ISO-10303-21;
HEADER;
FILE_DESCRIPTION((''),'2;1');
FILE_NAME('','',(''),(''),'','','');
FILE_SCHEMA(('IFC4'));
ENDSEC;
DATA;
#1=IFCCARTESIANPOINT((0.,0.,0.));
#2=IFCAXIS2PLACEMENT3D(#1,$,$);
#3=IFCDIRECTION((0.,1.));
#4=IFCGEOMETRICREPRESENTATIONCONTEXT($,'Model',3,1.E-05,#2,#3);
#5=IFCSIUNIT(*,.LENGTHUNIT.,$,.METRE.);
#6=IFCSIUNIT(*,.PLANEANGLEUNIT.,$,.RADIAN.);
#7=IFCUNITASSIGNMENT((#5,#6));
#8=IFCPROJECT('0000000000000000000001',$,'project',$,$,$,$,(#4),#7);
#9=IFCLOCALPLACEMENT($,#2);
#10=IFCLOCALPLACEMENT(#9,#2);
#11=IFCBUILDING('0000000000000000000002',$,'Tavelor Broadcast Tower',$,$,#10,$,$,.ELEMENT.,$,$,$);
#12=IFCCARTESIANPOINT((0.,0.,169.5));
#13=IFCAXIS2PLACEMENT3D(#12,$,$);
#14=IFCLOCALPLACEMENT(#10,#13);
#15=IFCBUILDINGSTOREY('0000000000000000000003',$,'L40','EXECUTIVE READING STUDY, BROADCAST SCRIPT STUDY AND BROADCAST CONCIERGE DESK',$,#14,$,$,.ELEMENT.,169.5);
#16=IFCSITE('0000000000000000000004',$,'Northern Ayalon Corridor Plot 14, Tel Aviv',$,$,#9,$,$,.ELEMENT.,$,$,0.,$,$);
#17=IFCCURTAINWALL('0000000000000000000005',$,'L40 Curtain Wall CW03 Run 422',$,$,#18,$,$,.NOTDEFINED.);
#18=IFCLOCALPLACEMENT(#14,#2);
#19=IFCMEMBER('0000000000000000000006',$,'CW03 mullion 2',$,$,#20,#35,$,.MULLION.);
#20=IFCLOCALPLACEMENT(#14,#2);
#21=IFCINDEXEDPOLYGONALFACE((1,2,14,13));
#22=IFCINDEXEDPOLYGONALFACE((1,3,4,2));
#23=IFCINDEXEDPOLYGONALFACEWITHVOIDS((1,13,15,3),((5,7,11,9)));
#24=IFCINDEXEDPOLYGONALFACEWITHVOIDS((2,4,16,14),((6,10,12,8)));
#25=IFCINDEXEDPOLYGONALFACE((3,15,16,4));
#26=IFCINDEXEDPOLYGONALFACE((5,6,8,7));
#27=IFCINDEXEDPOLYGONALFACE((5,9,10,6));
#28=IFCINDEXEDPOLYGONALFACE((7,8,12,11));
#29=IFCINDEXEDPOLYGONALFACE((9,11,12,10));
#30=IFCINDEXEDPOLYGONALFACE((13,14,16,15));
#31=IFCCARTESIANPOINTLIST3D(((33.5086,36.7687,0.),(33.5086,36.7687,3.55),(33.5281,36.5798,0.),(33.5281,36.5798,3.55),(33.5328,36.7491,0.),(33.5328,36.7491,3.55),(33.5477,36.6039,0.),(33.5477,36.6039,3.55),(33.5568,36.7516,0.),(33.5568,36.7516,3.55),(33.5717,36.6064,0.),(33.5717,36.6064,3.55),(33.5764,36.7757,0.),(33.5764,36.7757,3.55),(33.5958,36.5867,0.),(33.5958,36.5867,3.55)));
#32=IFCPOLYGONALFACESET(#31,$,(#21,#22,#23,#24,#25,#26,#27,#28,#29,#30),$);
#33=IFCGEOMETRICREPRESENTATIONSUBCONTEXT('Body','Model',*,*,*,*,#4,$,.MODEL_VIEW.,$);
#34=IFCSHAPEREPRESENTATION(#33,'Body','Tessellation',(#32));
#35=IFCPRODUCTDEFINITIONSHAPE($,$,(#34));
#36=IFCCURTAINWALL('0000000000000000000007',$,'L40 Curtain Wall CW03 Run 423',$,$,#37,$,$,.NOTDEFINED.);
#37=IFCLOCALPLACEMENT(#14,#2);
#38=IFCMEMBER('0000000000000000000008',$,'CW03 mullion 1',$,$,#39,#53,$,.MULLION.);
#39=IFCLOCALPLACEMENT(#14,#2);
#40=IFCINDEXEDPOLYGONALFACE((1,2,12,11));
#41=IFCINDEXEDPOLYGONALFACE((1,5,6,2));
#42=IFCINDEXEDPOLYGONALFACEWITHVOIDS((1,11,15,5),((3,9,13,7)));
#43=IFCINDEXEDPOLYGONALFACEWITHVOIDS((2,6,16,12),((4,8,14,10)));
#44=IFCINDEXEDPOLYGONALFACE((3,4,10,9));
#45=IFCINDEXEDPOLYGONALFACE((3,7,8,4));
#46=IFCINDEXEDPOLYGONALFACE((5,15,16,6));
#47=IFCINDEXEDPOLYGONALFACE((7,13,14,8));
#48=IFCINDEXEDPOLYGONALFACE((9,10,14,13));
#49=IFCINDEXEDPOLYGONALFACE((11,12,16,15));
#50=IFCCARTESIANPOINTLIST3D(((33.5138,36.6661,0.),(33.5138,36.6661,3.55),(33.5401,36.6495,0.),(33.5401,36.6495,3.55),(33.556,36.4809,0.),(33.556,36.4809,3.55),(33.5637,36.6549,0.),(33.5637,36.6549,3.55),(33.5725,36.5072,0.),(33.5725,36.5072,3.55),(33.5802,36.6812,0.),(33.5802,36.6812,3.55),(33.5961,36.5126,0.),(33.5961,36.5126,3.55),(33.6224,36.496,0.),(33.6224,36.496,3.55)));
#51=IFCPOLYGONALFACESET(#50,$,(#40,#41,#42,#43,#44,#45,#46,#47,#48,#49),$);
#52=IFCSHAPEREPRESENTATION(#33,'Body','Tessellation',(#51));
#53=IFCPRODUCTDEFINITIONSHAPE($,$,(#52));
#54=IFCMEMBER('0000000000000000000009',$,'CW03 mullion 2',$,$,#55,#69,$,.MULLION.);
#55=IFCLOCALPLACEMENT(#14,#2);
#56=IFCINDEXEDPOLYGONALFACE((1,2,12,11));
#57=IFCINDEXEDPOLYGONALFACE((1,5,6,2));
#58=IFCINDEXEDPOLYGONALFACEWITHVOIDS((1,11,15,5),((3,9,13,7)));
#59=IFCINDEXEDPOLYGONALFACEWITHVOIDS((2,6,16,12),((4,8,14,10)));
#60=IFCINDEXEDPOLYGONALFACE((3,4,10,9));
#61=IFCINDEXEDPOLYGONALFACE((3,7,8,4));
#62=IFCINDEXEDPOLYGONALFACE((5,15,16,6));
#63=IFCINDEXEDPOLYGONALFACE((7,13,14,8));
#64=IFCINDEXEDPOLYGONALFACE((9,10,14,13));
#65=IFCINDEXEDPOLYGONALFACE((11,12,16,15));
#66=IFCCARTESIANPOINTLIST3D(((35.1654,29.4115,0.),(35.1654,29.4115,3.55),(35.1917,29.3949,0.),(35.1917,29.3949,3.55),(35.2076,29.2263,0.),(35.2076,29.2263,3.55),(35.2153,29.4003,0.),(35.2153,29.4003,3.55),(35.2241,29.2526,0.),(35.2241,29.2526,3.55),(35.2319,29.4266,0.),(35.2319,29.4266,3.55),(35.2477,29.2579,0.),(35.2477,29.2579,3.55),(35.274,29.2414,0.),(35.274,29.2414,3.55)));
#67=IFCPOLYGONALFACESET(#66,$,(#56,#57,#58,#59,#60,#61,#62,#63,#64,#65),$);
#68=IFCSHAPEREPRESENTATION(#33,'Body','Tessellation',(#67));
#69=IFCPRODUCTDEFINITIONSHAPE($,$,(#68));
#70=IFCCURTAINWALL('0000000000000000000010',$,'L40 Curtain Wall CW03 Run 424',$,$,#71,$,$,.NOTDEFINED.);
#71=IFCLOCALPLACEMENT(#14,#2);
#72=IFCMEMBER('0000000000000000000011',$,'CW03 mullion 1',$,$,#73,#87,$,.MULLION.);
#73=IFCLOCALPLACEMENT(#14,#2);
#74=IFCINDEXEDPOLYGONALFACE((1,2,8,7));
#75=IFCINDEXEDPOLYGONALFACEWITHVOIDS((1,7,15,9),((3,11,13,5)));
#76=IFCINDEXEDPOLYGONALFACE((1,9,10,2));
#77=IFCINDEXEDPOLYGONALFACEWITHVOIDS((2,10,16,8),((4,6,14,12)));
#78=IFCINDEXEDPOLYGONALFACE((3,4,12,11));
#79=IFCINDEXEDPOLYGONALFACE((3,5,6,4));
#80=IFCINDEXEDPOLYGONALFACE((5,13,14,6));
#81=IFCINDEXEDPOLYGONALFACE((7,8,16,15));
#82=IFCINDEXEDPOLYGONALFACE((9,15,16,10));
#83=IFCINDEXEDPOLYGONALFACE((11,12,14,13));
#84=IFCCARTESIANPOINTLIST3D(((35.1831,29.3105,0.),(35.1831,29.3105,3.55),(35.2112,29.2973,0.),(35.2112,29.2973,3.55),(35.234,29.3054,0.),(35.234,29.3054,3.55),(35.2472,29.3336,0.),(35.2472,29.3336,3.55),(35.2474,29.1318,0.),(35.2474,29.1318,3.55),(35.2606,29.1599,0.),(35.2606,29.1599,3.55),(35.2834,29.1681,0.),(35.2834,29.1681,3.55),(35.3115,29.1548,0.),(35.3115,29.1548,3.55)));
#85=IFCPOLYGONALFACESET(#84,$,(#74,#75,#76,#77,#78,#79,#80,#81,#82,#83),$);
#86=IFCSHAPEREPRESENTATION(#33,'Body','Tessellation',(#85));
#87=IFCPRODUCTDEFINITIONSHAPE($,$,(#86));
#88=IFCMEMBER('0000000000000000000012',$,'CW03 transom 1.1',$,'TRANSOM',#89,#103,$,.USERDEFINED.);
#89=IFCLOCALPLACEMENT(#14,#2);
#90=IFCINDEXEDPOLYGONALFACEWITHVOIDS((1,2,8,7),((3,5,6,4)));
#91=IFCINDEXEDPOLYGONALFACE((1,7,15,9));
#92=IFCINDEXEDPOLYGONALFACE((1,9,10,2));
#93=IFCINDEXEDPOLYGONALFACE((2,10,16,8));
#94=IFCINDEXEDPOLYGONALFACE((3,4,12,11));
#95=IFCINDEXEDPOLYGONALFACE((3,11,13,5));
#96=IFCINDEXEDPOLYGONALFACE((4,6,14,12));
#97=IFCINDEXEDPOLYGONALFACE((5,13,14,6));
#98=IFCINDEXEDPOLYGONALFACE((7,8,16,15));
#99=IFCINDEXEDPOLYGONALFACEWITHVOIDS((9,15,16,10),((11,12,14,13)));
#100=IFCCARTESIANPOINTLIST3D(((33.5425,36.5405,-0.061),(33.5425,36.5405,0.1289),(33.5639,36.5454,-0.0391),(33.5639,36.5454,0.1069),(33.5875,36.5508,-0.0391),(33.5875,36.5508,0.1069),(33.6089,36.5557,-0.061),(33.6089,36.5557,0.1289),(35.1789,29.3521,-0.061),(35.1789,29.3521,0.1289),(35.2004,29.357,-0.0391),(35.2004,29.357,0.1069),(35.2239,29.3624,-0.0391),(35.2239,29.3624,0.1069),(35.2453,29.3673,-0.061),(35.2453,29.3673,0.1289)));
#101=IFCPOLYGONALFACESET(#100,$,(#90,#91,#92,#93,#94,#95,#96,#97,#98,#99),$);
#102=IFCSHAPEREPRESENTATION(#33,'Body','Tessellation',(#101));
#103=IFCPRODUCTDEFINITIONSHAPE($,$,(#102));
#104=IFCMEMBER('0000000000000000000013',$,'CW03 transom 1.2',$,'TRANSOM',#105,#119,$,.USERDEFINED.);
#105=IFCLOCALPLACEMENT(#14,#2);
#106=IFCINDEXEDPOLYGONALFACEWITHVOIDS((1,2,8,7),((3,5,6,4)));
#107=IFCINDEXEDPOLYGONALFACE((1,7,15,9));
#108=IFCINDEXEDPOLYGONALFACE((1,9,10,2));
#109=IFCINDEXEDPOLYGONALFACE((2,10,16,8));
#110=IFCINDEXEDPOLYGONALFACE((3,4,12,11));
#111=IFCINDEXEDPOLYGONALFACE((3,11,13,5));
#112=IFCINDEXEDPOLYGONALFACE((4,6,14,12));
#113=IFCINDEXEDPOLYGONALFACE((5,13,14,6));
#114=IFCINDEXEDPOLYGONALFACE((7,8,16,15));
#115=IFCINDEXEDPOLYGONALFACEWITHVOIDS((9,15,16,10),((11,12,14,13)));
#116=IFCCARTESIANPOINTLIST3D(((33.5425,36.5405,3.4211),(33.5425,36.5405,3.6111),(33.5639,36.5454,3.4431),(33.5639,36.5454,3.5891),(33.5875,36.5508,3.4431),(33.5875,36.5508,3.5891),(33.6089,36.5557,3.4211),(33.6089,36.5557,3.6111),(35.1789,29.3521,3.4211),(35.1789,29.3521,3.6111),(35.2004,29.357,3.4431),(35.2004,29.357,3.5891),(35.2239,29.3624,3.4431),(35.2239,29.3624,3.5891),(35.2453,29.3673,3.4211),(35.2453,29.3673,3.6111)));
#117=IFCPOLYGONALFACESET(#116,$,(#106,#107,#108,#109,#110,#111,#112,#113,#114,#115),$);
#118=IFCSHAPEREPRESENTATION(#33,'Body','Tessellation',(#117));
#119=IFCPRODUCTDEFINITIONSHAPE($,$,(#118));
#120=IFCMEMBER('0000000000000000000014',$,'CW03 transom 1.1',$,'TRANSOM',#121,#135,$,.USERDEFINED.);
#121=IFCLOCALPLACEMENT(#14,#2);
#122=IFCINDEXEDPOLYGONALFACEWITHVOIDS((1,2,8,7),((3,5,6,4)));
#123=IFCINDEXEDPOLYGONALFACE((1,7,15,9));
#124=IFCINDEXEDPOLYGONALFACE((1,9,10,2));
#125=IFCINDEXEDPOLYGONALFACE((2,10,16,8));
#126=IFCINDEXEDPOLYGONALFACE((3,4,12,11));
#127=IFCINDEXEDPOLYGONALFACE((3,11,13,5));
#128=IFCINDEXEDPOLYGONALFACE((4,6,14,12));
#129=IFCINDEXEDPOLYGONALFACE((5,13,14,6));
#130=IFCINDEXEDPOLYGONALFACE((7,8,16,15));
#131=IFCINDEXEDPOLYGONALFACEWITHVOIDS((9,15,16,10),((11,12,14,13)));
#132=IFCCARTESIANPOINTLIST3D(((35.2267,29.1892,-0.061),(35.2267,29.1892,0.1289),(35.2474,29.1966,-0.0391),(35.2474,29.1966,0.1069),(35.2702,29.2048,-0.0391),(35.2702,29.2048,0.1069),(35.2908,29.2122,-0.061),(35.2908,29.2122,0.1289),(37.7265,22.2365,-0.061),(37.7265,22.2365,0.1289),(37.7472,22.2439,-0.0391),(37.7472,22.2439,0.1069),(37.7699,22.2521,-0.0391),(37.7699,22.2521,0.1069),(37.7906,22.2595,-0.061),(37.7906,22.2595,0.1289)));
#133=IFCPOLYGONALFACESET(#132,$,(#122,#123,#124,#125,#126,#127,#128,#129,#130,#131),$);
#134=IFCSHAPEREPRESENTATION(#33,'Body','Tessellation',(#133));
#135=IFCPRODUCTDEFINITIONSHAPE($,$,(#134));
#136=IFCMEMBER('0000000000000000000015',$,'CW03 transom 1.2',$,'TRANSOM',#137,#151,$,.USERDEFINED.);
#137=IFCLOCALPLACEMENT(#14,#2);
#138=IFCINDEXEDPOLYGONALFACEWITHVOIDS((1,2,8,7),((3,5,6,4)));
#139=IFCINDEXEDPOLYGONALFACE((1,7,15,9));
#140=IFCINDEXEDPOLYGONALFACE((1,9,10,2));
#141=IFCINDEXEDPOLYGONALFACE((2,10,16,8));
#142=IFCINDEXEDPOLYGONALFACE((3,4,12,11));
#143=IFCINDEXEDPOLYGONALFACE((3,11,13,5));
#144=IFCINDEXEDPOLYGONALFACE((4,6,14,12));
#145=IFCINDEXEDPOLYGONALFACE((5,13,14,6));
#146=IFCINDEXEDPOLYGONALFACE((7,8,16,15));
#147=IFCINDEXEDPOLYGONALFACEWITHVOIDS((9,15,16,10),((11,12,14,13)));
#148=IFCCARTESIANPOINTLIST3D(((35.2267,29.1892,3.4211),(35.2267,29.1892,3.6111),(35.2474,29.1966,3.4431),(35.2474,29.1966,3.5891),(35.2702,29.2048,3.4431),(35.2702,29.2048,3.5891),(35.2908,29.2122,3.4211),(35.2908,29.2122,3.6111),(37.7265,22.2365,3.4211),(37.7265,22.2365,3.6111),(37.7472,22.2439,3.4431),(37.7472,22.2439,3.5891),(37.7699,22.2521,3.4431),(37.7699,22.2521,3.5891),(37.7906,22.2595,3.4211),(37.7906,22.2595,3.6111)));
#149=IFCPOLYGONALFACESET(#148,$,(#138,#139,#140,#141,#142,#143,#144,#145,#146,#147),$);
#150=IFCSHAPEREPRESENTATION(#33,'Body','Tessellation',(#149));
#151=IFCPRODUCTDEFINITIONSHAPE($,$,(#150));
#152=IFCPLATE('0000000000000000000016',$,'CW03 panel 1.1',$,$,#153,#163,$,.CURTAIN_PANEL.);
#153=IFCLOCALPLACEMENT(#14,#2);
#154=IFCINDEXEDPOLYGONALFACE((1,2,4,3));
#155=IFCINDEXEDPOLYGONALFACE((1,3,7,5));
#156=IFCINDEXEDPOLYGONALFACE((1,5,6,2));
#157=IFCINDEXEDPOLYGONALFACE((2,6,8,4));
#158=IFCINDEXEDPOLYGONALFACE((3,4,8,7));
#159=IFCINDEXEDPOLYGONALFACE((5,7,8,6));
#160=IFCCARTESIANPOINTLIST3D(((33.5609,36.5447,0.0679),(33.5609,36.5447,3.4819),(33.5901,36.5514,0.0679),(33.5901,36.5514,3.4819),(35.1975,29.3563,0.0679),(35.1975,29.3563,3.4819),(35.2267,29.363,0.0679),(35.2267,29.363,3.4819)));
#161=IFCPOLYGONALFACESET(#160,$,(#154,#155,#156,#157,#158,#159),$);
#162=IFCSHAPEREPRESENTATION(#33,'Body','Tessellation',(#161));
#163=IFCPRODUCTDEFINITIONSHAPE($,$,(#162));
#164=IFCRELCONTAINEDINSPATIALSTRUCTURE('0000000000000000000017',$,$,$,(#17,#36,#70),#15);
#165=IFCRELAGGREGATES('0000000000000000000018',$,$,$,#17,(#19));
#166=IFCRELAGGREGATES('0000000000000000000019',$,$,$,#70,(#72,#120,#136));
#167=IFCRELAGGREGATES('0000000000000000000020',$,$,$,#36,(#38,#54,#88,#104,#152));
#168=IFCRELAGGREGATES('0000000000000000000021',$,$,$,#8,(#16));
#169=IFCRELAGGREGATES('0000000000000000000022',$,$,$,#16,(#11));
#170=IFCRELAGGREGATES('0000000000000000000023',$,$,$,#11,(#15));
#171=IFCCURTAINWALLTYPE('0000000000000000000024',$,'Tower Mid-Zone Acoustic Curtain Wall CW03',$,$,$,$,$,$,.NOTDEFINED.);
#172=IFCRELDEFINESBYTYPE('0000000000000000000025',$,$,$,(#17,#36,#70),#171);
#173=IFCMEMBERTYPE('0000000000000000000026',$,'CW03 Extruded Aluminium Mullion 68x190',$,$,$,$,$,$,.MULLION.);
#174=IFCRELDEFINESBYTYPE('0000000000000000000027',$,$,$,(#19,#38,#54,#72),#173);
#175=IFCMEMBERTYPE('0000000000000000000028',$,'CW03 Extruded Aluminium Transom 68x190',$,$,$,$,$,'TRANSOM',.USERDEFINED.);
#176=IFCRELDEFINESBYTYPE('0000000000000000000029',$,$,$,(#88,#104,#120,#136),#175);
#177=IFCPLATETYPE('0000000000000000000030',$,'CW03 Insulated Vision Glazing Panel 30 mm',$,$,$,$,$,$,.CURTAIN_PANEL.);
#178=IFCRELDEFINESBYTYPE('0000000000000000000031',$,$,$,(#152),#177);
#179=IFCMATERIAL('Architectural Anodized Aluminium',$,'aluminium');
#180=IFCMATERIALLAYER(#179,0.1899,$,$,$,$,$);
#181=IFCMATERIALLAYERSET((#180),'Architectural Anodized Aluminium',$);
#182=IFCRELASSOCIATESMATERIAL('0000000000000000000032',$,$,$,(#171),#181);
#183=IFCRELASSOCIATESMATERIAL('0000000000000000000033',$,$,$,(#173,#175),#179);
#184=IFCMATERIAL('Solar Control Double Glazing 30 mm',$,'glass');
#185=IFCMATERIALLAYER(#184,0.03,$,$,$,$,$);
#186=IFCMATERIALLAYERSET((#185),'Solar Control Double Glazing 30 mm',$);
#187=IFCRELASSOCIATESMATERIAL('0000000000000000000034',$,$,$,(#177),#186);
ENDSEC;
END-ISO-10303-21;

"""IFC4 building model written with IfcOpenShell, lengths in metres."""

from ifc_helpers import new_model, si_unit, direction, frame, origin, origin_2d, place, context, subcontext, project, spatial, rectangle, hollow_rectangle, extrude, source, transform, mapped, material, layer, layer_set, material_profile, profile_set, type_object, type_shapes, element, aggregate, save


model = new_model("IFC4")

# Units and contexts
model_context = context("Model", 3, precision=1e-05, world=origin(), true_north=direction((0.0, 1.0)))
body_context = subcontext(model_context, "Body", "Model", "MODEL_VIEW")
ifc_project = project(units=[si_unit("LENGTHUNIT", "METRE"), si_unit("PLANEANGLEUNIT", "RADIAN")], contexts=[model_context])

# Site, building, storey
site_placement = place(None, origin())
site = spatial("IfcSite", under=ifc_project, at=site_placement, Name="Northern Ayalon Corridor Plot 14, Tel Aviv", CompositionType="ELEMENT", RefElevation=0.0)
building_placement = place(site_placement, origin())
building = spatial("IfcBuilding", under=site, at=building_placement, Name="Tavelor Broadcast Tower", CompositionType="ELEMENT")
storey_placement = place(building_placement, frame((0.0, 0.0, 169.5)))
storey = spatial("IfcBuildingStorey", under=building, at=storey_placement, Name="L40", Description="EXECUTIVE READING STUDY, BROADCAST SCRIPT STUDY AND BROADCAST CONCIERGE DESK", CompositionType="ELEMENT", Elevation=169.5)

# Curtain wall, member
ifc_material_1 = material(Name="Architectural Anodized Aluminium", Category="aluminium")
ifc_layer_1 = layer(ifc_material_1, 0.1899)
ifc_layer_set_1 = layer_set([ifc_layer_1], Name="Architectural Anodized Aluminium")
curtain_wall_type = type_object("IfcCurtainWallType", Name="Tower Mid-Zone Acoustic Curtain Wall CW03", PredefinedType="NOTDEFINED", material=ifc_layer_set_1)
curtain_wall_1_placement = place(storey_placement, origin())
curtain_wall_1 = element("IfcCurtainWall", 1, at=curtain_wall_1_placement, inside=storey, type_object=curtain_wall_type, Name="L40 Curtain Wall CW03 Run 422", PredefinedType="NOTDEFINED")
ifc_material_profile_1 = material_profile(ifc_material_1, hollow_rectangle(XDim=0.0681, YDim=0.1899, WallThickness=0.022, at=origin_2d()), Name="RHS 68x190x22")
ifc_profile_set_1 = profile_set([ifc_material_profile_1], Name="Architectural Anodized Aluminium")
member_type_1 = type_object("IfcMemberType", Name="CW03 Extruded Aluminium Mullion 68x190", PredefinedType="MULLION", material=ifc_profile_set_1)
shared_shape_1 = source(origin(), body_context, "Body", "SweptSolid", [
    extrude(hollow_rectangle(XDim=0.0681, YDim=0.1899, WallThickness=0.022, at=origin_2d()), origin(), (0.0, 0.0, 1.0), 3.55),
])
type_shapes(member_type_1, [shared_shape_1])
member_1_placement = place(storey_placement, frame((33.5522, 36.6777, 0.0), z_axis=(0.0, 0.0, 1.0), x_axis=(0.994747, 0.102366, 0.0)))
member_1 = element("IfcMember", 2, at=member_1_placement, type_object=member_type_1, Name="CW03 mullion 2", PredefinedType="MULLION", context=body_context, shape_type="MappedRepresentation", body=[
    mapped(shared_shape_1, transform((0.0, 0.0, 0.0), scale=1.0)),
])
aggregate(curtain_wall_1, [member_1])

# Curtain wall, members
curtain_wall_2_placement = place(storey_placement, origin())
curtain_wall_2 = element("IfcCurtainWall", 3, at=curtain_wall_2_placement, inside=storey, type_object=curtain_wall_type, Name="L40 Curtain Wall CW03 Run 423", PredefinedType="NOTDEFINED")
member_2_placement = place(storey_placement, frame((33.5681, 36.5811, 0.0), z_axis=(0.0, 0.0, 1.0), x_axis=(0.975048, 0.221993, 0.0)))
member_2 = element("IfcMember", 4, at=member_2_placement, type_object=member_type_1, Name="CW03 mullion 1", PredefinedType="MULLION", context=body_context, shape_type="MappedRepresentation", body=[
    mapped(shared_shape_1, transform((0.0, 0.0, 0.0), scale=1.0)),
])
member_3_placement = place(storey_placement, frame((35.2197, 29.3264, 0.0), z_axis=(0.0, 0.0, 1.0), x_axis=(0.975048, 0.221993, 0.0)))
member_3 = element("IfcMember", 5, at=member_3_placement, type_object=member_type_1, Name="CW03 mullion 2", PredefinedType="MULLION", context=body_context, shape_type="MappedRepresentation", body=[
    mapped(shared_shape_1, transform((0.0, 0.0, 0.0), scale=1.0)),
])

# Curtain wall, member
curtain_wall_3_placement = place(storey_placement, origin())
curtain_wall_3 = element("IfcCurtainWall", 6, at=curtain_wall_3_placement, inside=storey, type_object=curtain_wall_type, Name="L40 Curtain Wall CW03 Run 424", PredefinedType="NOTDEFINED")
member_4_placement = place(storey_placement, frame((35.2473, 29.2327, 0.0), z_axis=(0.0, 0.0, 1.0), x_axis=(0.941022, 0.338345, 0.0)))
member_4 = element("IfcMember", 7, at=member_4_placement, type_object=member_type_1, Name="CW03 mullion 1", PredefinedType="MULLION", context=body_context, shape_type="MappedRepresentation", body=[
    mapped(shared_shape_1, transform((0.0, 0.0, 0.0), scale=1.0)),
])

# Members
ifc_material_profile_2 = material_profile(ifc_material_1, hollow_rectangle(XDim=0.0681, YDim=0.1899, WallThickness=0.022, at=origin_2d()), Name="RHS 68x190x22")
ifc_profile_set_2 = profile_set([ifc_material_profile_2], Name="Architectural Anodized Aluminium")
member_type_2 = type_object("IfcMemberType", Name="CW03 Extruded Aluminium Transom 68x190", ElementType="TRANSOM", PredefinedType="USERDEFINED", material=ifc_profile_set_2)
shared_shape_2 = source(origin(), body_context, "Body", "SweptSolid", [
    extrude(hollow_rectangle(XDim=0.0681, YDim=0.1899, WallThickness=0.022, at=origin_2d()), origin(), (0.0, 0.0, 1.0), 7.3723),
])
member_5_placement = place(storey_placement, frame((33.5757, 36.5481, 0.0339), z_axis=(0.221973, -0.975053, 0.0), x_axis=(0.975053, 0.221973, 0.0)))
member_5 = element("IfcMember", 8, at=member_5_placement, type_object=member_type_2, Name="CW03 transom 1.1", ObjectType="TRANSOM", PredefinedType="USERDEFINED", context=body_context, shape_type="MappedRepresentation", body=[
    mapped(shared_shape_2, transform((0.0, 0.0, 0.0), scale=1.0)),
])
member_6_placement = place(storey_placement, frame((33.5757, 36.5481, 3.5161), z_axis=(0.221973, -0.975053, 0.0), x_axis=(0.975053, 0.221973, 0.0)))
member_6 = element("IfcMember", 9, at=member_6_placement, type_object=member_type_2, Name="CW03 transom 1.2", ObjectType="TRANSOM", PredefinedType="USERDEFINED", context=body_context, shape_type="MappedRepresentation", body=[
    mapped(shared_shape_2, transform((0.0, 0.0, 0.0), scale=1.0)),
])
shared_shape_3 = source(origin(), body_context, "Body", "SweptSolid", [
    extrude(hollow_rectangle(XDim=0.0681, YDim=0.1899, WallThickness=0.022, at=origin_2d()), origin(), (0.0, 0.0, 1.0), 7.3884),
])
type_shapes(member_type_2, [shared_shape_2, shared_shape_3])
member_7_placement = place(storey_placement, frame((35.2588, 29.2007, 0.0339), z_axis=(0.338337, -0.941025, 0.0), x_axis=(0.941025, 0.338337, 0.0)))
member_7 = element("IfcMember", 10, at=member_7_placement, type_object=member_type_2, Name="CW03 transom 1.1", ObjectType="TRANSOM", PredefinedType="USERDEFINED", context=body_context, shape_type="MappedRepresentation", body=[
    mapped(shared_shape_3, transform((0.0, 0.0, 0.0), scale=1.0)),
])
member_8_placement = place(storey_placement, frame((35.2588, 29.2007, 3.5161), z_axis=(0.338337, -0.941025, 0.0), x_axis=(0.941025, 0.338337, 0.0)))
member_8 = element("IfcMember", 11, at=member_8_placement, type_object=member_type_2, Name="CW03 transom 1.2", ObjectType="TRANSOM", PredefinedType="USERDEFINED", context=body_context, shape_type="MappedRepresentation", body=[
    mapped(shared_shape_3, transform((0.0, 0.0, 0.0), scale=1.0)),
])
aggregate(curtain_wall_3, [member_4, member_7, member_8])

# Plate
ifc_material_2 = material(Name="Solar Control Double Glazing 30 mm", Category="glass")
ifc_layer_2 = layer(ifc_material_2, 0.03)
ifc_layer_set_2 = layer_set([ifc_layer_2], Name="Solar Control Double Glazing 30 mm")
plate_type = type_object("IfcPlateType", Name="CW03 Insulated Vision Glazing Panel 30 mm", PredefinedType="CURTAIN_PANEL", material=ifc_layer_set_2)
shared_shape_4 = source(origin(), body_context, "Body", "SweptSolid", [
    extrude(rectangle(XDim=7.3723, YDim=0.03, at=origin_2d()), origin(), (0.0, 0.0, 1.0), 3.4141),
])
type_shapes(plate_type, [shared_shape_4])
plate_placement = place(storey_placement, frame((34.3938, 32.9539, 0.0679), z_axis=(0.0, 0.0, 1.0), x_axis=(0.221993, -0.975048, 0.0)))
plate = element("IfcPlate", 12, at=plate_placement, type_object=plate_type, Name="CW03 panel 1.1", PredefinedType="CURTAIN_PANEL", context=body_context, shape_type="MappedRepresentation", body=[
    mapped(shared_shape_4, transform((0.0, 0.0, 0.0), scale=1.0)),
])
aggregate(curtain_wall_2, [member_2, member_3, member_5, member_6, plate])

save(model, "model.ifc")
